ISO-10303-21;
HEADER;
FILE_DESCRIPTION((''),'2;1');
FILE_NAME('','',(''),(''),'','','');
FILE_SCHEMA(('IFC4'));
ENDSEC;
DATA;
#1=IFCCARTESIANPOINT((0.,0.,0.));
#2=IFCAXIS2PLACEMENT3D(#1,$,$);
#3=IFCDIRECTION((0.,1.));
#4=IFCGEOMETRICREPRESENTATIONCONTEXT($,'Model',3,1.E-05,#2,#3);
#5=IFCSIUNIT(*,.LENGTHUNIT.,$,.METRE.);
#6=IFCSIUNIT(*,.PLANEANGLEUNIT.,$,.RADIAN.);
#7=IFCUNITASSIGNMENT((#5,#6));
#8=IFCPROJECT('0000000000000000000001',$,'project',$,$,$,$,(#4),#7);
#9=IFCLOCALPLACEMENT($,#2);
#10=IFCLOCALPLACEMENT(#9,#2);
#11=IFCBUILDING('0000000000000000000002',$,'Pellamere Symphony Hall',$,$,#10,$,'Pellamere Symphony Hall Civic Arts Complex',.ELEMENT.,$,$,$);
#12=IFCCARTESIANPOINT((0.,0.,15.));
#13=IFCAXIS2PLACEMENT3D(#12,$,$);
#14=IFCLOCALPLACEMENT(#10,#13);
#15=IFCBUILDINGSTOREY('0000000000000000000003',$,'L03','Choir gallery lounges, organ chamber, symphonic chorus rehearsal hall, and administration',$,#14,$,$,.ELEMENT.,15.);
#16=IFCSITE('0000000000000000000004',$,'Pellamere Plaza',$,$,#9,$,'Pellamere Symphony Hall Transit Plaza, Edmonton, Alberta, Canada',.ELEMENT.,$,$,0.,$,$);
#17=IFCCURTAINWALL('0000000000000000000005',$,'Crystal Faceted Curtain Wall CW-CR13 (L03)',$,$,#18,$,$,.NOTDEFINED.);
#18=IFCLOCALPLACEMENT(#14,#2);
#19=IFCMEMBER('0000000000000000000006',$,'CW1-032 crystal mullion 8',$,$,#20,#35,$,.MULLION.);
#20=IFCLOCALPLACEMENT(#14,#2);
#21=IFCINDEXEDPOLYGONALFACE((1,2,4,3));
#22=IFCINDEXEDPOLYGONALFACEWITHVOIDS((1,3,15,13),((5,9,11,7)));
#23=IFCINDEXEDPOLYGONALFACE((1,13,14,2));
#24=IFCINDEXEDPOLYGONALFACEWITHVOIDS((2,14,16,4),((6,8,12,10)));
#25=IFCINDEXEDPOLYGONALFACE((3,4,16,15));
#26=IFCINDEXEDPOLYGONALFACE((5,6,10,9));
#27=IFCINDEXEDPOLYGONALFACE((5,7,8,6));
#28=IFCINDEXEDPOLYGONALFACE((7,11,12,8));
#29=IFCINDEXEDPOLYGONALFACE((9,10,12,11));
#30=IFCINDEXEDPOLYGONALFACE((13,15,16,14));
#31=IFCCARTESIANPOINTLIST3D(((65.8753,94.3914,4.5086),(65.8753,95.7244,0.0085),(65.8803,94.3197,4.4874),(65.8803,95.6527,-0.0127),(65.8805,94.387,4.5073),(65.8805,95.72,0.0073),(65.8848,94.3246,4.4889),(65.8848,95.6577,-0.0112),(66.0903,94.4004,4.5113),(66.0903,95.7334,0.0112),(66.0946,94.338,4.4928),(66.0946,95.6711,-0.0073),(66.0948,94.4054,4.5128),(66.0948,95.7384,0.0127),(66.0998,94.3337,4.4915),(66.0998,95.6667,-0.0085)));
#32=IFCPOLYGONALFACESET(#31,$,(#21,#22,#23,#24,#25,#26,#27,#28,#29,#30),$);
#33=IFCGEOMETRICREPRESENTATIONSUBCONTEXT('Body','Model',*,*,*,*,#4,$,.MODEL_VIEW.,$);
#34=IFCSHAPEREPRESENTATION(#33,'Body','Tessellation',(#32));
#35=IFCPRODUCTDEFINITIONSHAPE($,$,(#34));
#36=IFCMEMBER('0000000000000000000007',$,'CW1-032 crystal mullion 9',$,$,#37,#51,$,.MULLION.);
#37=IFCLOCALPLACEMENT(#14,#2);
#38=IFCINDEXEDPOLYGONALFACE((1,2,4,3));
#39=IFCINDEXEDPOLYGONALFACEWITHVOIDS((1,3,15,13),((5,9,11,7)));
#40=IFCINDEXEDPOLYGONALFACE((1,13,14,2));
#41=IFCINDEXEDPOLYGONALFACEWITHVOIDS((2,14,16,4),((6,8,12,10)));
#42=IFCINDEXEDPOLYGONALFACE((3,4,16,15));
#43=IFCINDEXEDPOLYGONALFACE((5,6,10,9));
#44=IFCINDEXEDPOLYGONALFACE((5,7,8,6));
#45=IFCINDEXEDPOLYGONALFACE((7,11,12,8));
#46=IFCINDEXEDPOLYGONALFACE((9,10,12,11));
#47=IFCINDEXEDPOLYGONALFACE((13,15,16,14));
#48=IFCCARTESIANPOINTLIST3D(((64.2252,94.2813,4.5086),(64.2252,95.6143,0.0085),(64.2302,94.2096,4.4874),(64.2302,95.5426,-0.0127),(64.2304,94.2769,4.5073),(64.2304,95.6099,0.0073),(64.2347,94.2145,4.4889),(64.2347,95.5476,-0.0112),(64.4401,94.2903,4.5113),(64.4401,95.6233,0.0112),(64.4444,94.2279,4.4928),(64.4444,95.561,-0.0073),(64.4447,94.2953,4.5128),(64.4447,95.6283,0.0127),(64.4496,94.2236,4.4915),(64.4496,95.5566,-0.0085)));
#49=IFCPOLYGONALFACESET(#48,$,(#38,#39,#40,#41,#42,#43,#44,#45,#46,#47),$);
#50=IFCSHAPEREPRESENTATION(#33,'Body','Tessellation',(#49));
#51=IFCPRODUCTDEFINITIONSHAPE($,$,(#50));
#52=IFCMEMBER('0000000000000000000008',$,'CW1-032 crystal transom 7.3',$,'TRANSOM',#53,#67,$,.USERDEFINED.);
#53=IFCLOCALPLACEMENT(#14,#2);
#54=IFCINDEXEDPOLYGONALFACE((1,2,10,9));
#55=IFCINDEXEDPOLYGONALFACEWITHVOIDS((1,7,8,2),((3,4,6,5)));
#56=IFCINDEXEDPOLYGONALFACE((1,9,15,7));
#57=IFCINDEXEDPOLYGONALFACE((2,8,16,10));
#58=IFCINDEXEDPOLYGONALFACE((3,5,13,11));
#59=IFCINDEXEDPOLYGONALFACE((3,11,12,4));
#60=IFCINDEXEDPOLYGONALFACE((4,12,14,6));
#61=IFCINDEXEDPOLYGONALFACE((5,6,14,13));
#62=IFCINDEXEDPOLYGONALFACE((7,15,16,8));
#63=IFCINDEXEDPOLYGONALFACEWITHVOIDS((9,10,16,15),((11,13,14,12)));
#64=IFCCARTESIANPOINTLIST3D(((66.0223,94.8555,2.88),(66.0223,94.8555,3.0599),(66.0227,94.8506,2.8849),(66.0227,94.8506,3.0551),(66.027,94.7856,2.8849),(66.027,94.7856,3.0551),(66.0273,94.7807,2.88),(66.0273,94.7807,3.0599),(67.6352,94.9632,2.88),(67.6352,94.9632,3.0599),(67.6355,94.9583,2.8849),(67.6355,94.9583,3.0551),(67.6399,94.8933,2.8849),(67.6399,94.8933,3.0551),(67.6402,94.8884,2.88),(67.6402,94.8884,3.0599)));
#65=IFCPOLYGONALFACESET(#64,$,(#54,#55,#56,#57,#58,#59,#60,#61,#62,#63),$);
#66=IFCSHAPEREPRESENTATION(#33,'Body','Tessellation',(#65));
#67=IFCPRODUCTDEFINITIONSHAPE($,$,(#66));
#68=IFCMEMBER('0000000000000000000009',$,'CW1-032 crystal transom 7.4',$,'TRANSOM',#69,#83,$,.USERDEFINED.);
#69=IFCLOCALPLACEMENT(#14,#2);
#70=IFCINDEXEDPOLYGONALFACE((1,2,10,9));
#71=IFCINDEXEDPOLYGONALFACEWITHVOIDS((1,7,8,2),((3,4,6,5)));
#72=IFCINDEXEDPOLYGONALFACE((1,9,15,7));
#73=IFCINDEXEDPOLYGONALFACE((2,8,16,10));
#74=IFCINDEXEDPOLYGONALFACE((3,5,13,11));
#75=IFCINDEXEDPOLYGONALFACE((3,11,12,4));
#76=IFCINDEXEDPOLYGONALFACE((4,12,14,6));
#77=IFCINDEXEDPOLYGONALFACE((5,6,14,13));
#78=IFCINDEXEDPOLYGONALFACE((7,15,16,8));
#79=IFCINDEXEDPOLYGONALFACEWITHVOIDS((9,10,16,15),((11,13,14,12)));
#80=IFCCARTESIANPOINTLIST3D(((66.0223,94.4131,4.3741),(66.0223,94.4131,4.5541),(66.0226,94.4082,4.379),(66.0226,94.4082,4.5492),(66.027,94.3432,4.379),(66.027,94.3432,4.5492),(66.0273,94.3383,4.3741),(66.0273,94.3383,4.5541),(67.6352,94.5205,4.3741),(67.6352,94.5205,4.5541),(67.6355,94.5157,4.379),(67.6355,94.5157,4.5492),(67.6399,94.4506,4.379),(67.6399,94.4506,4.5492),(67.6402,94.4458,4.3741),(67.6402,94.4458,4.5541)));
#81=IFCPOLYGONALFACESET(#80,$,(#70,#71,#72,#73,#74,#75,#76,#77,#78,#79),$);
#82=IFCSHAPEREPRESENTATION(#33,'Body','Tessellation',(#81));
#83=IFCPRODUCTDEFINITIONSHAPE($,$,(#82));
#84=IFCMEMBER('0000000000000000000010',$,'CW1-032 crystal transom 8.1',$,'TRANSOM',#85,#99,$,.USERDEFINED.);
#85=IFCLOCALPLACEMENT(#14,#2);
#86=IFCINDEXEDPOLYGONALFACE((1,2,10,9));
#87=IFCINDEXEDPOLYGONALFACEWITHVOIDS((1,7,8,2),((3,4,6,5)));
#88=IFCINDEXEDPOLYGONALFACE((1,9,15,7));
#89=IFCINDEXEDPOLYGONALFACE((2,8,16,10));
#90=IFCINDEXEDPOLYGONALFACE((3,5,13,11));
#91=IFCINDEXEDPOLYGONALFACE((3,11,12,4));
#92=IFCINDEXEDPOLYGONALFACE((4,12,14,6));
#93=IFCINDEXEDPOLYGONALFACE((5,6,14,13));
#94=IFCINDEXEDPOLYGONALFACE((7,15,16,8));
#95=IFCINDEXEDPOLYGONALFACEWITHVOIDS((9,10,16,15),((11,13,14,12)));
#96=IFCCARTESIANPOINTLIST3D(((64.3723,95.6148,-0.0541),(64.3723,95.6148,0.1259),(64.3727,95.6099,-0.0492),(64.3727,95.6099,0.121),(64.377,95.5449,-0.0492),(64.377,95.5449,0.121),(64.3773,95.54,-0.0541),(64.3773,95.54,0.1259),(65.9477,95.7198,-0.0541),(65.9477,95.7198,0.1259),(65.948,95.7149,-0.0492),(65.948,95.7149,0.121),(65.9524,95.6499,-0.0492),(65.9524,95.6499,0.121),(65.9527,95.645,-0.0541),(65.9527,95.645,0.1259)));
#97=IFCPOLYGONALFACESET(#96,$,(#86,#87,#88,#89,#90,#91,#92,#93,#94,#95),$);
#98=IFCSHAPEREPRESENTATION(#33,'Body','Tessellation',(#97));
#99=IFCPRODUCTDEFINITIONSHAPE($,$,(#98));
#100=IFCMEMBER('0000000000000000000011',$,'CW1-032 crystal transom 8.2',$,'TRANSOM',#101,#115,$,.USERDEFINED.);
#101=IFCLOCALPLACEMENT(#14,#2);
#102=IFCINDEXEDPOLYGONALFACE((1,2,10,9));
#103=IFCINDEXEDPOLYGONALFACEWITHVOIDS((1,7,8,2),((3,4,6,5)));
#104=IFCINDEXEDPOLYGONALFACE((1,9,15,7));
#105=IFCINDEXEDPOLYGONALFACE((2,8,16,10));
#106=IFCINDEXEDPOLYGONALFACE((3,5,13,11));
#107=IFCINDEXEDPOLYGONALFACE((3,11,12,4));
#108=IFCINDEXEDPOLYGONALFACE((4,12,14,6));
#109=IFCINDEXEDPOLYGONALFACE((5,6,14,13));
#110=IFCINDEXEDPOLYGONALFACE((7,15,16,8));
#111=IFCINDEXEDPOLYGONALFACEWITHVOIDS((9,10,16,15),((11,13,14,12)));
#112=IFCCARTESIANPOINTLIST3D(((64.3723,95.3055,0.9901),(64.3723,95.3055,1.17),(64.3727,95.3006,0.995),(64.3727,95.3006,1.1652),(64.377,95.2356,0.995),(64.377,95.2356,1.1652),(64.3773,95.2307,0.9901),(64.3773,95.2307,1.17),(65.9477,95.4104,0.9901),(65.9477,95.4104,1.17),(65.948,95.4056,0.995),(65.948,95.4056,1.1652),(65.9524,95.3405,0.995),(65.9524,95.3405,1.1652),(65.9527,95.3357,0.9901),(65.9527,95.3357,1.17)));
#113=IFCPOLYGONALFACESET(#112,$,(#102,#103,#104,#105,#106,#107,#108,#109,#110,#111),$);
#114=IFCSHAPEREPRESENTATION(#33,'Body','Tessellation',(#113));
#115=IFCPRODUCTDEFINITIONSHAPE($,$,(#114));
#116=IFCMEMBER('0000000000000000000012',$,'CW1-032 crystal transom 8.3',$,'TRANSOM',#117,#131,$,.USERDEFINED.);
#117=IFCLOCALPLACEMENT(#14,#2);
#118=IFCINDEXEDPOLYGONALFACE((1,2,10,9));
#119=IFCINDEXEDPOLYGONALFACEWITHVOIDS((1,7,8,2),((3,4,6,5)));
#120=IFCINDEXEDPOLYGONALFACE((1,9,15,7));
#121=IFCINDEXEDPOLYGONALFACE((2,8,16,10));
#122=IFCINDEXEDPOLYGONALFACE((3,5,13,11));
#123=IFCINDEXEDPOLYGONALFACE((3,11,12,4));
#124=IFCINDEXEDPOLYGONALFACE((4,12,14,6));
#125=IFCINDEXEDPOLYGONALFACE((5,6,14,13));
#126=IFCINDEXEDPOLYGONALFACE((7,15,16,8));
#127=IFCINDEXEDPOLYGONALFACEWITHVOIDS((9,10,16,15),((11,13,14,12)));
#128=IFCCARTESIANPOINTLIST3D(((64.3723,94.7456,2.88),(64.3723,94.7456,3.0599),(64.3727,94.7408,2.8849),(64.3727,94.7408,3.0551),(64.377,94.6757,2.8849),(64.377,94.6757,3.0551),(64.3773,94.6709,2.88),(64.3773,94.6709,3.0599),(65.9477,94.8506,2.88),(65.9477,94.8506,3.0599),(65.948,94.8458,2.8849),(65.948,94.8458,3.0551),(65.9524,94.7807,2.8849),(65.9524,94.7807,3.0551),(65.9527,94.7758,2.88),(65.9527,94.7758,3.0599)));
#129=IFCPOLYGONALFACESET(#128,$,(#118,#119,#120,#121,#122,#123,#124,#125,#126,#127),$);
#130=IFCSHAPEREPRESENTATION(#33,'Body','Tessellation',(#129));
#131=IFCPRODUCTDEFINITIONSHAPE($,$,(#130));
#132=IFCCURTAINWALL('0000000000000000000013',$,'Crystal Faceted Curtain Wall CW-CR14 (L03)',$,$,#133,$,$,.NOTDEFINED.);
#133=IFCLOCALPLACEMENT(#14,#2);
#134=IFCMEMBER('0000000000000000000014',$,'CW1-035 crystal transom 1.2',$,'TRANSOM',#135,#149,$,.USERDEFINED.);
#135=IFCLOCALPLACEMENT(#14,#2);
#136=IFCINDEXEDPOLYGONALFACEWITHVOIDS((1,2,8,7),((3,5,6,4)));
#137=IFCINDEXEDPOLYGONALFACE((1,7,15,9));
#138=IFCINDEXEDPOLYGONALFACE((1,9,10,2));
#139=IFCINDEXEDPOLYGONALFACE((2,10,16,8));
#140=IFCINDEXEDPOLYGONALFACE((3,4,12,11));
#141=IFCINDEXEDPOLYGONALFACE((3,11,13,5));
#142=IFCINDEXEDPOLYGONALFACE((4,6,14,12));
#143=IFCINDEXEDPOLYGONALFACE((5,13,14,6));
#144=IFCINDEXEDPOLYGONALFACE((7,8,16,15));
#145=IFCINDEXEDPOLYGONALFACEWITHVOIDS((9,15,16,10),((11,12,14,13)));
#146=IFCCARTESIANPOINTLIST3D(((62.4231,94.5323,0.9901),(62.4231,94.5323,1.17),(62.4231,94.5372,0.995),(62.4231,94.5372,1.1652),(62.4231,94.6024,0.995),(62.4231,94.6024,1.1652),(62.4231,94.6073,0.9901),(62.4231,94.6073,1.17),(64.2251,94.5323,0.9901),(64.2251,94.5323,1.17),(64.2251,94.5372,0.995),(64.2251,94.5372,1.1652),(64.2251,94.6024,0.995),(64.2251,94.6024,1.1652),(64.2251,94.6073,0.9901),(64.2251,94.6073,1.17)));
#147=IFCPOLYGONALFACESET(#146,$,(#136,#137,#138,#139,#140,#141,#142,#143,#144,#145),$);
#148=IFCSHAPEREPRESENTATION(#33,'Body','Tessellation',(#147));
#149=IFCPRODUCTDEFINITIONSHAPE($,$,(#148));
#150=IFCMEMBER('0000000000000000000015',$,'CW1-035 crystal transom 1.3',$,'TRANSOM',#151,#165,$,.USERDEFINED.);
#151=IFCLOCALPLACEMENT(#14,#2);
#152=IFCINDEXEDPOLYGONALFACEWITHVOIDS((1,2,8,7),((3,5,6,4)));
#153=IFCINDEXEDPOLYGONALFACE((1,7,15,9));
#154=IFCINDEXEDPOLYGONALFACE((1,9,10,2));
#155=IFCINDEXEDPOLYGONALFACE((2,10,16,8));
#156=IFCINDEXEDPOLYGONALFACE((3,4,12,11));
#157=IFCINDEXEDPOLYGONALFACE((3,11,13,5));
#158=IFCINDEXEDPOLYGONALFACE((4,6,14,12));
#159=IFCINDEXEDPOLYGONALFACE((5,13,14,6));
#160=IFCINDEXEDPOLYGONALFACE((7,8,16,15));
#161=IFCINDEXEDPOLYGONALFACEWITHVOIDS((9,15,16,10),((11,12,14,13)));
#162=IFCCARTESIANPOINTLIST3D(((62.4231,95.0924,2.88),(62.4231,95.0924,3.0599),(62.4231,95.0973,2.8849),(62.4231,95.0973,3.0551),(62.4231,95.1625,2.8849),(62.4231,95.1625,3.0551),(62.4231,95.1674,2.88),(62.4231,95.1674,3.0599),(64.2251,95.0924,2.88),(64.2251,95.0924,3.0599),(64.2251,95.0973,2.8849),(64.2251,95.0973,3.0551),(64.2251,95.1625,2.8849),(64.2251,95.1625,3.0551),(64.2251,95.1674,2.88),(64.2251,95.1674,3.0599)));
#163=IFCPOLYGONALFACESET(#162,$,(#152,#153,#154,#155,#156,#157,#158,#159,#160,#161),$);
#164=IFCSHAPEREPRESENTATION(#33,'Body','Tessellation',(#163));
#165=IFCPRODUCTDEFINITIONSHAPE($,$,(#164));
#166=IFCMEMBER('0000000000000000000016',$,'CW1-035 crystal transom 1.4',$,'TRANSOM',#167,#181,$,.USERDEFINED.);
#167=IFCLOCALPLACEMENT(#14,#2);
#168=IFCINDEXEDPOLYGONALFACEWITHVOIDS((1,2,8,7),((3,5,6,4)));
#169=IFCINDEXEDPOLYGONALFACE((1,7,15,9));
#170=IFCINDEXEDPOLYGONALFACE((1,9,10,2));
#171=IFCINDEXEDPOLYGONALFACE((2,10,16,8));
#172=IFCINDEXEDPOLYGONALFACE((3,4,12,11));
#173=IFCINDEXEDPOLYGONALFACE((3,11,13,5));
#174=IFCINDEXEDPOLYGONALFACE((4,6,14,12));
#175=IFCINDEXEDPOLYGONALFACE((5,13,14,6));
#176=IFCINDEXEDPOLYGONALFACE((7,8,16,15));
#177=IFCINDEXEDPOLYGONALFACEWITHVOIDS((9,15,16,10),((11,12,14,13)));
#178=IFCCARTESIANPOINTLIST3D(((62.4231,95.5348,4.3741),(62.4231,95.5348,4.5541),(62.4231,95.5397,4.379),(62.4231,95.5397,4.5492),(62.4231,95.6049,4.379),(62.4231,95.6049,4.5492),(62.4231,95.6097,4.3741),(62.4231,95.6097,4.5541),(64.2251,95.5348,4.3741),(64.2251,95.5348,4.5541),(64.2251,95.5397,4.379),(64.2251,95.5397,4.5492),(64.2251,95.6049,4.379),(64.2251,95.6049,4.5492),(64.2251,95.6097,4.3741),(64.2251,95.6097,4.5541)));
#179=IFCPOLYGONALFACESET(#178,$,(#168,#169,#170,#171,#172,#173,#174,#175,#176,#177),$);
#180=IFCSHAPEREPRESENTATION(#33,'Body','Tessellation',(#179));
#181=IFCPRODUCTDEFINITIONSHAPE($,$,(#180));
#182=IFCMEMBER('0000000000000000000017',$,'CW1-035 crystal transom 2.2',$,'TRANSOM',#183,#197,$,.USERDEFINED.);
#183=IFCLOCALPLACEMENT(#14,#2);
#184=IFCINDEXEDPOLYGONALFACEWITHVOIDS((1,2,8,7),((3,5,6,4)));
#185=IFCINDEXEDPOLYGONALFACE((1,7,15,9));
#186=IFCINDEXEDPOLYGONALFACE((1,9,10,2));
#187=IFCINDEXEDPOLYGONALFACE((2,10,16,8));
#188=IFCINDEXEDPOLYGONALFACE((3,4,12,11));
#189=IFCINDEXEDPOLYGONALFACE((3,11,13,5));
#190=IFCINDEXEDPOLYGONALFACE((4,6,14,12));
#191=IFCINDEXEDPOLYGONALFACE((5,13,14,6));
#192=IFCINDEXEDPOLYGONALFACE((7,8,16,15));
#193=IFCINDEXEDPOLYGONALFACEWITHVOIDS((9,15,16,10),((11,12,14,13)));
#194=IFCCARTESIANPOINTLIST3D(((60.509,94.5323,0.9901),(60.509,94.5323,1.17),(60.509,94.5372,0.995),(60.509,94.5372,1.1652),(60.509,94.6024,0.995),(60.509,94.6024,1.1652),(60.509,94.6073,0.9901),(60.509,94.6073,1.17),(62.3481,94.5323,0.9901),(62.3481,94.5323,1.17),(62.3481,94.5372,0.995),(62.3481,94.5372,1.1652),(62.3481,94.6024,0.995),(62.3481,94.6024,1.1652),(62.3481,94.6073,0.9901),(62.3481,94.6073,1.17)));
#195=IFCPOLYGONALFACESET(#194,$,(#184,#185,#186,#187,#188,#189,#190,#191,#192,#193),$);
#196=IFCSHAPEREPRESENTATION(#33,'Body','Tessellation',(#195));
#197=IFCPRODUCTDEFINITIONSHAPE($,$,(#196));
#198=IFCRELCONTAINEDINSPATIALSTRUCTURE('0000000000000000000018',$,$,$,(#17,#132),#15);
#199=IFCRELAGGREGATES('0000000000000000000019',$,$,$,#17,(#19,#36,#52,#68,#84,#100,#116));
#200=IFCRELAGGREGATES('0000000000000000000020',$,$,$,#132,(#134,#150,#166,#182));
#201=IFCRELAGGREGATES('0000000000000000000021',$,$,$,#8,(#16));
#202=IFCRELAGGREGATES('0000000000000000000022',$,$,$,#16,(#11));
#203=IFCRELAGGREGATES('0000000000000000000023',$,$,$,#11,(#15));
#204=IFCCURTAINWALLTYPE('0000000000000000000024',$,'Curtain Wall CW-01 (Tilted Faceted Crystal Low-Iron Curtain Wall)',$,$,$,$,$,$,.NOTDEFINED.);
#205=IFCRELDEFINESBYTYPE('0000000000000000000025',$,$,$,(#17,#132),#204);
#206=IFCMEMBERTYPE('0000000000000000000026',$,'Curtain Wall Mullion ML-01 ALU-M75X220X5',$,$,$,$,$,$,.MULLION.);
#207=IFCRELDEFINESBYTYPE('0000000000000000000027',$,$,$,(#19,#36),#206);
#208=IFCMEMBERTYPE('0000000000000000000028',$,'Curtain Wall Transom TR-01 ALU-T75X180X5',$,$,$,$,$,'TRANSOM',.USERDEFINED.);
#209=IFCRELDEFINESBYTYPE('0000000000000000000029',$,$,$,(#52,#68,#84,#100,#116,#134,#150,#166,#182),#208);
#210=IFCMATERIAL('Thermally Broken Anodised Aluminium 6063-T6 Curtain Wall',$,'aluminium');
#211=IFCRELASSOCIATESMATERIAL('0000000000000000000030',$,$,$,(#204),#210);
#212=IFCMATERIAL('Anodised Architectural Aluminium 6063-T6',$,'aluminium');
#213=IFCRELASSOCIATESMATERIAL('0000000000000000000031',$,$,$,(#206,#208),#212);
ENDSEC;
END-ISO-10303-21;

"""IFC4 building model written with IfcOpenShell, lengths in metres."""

from ifc_helpers import new_model, si_unit, direction, frame, origin, origin_2d, place, context, subcontext, project, spatial, hollow_rectangle, extrude, material, material_profile, profile_set, type_object, element, aggregate, save


model = new_model("IFC4")

# Units and contexts
model_context = context("Model", 3, precision=1e-05, world=origin(), true_north=direction((0.0, 1.0)))
body_context = subcontext(model_context, "Body", "Model", "MODEL_VIEW")
ifc_project = project(units=[si_unit("LENGTHUNIT", "METRE"), si_unit("PLANEANGLEUNIT", "RADIAN")], contexts=[model_context])

# Site, building, storey
site_placement = place(None, origin())
site = spatial("IfcSite", under=ifc_project, at=site_placement, Name="Pellamere Plaza", LongName="Pellamere Symphony Hall Transit Plaza, Edmonton, Alberta, Canada", CompositionType="ELEMENT", RefElevation=0.0)
building_placement = place(site_placement, origin())
building = spatial("IfcBuilding", under=site, at=building_placement, Name="Pellamere Symphony Hall", LongName="Pellamere Symphony Hall Civic Arts Complex", CompositionType="ELEMENT")
storey_placement = place(building_placement, frame((0.0, 0.0, 15.0)))
storey = spatial("IfcBuildingStorey", under=building, at=storey_placement, Name="L03", Description="Choir gallery lounges, organ chamber, symphonic chorus rehearsal hall, and administration", CompositionType="ELEMENT", Elevation=15.0)

# Curtain walls, members
ifc_material_1 = material(Name="Thermally Broken Anodised Aluminium 6063-T6 Curtain Wall", Category="aluminium")
curtain_wall_type = type_object("IfcCurtainWallType", Name="Curtain Wall CW-01 (Tilted Faceted Crystal Low-Iron Curtain Wall)", PredefinedType="NOTDEFINED", material=ifc_material_1)
curtain_wall_1_placement = place(storey_placement, origin())
curtain_wall_1 = element("IfcCurtainWall", 1, at=curtain_wall_1_placement, inside=storey, type_object=curtain_wall_type, Name="Crystal Faceted Curtain Wall CW-CR13 (L03)", PredefinedType="NOTDEFINED")
ifc_material_2 = material(Name="Anodised Architectural Aluminium 6063-T6", Category="aluminium")
ifc_material_profile_1 = material_profile(ifc_material_2, hollow_rectangle(XDim=0.075, YDim=0.22, WallThickness=0.0049, at=origin_2d()), Name="ALU-M75X220X5")
ifc_profile_set_1 = profile_set([ifc_material_profile_1], Name="Anodised Architectural Aluminium 6063-T6")
member_type_1 = type_object("IfcMemberType", Name="Curtain Wall Mullion ML-01 ALU-M75X220X5", PredefinedType="MULLION", material=ifc_profile_set_1)
member_1_placement = place(storey_placement, frame((65.9875, 95.6956, 0.0), z_axis=(0.0, -0.284025, 0.958817), x_axis=(0.066519, -0.956693, -0.283395)))
member_1 = element("IfcMember", 2, at=member_1_placement, type_object=member_type_1, Name="CW1-032 crystal mullion 8", PredefinedType="MULLION", context=body_context, shape_type="SweptSolid", body=[
    extrude(hollow_rectangle(XDim=0.075, YDim=0.22, WallThickness=0.0049, at=origin_2d()), origin(), (0.0, 0.0, 1.0), 4.6934),
])
member_2_placement = place(storey_placement, frame((64.3374, 95.5854, 0.0), z_axis=(0.0, -0.284025, 0.958817), x_axis=(0.066519, -0.956693, -0.283395)))
member_2 = element("IfcMember", 3, at=member_2_placement, type_object=member_type_1, Name="CW1-032 crystal mullion 9", PredefinedType="MULLION", context=body_context, shape_type="SweptSolid", body=[
    extrude(hollow_rectangle(XDim=0.075, YDim=0.22, WallThickness=0.0049, at=origin_2d()), origin(), (0.0, 0.0, 1.0), 4.6934),
])
ifc_material_profile_2 = material_profile(ifc_material_2, hollow_rectangle(XDim=0.075, YDim=0.1799, WallThickness=0.0049, at=origin_2d()), Name="ALU-T75X180X5")
ifc_profile_set_2 = profile_set([ifc_material_profile_2], Name="Anodised Architectural Aluminium 6063-T6")
member_type_2 = type_object("IfcMemberType", Name="Curtain Wall Transom TR-01 ALU-T75X180X5", ElementType="TRANSOM", PredefinedType="USERDEFINED", material=ifc_profile_set_2)
member_3_placement = place(storey_placement, frame((67.6377, 94.9258, 2.97), z_axis=(-0.997779, -0.066609, 0.0), x_axis=(0.066609, -0.997779, 0.0)))
member_3 = element("IfcMember", 4, at=member_3_placement, type_object=member_type_2, Name="CW1-032 crystal transom 7.3", ObjectType="TRANSOM", PredefinedType="USERDEFINED", context=body_context, shape_type="SweptSolid", body=[
    extrude(hollow_rectangle(XDim=0.075, YDim=0.1799, WallThickness=0.0049, at=origin_2d()), origin(), (0.0, 0.0, 1.0), 1.6165),
])
member_4_placement = place(storey_placement, frame((67.6377, 94.4832, 4.4641), z_axis=(-0.997789, -0.066459, 0.0), x_axis=(0.066459, -0.997789, 0.0)))
member_4 = element("IfcMember", 5, at=member_4_placement, type_object=member_type_2, Name="CW1-032 crystal transom 7.4", ObjectType="TRANSOM", PredefinedType="USERDEFINED", context=body_context, shape_type="SweptSolid", body=[
    extrude(hollow_rectangle(XDim=0.075, YDim=0.1799, WallThickness=0.0049, at=origin_2d()), origin(), (0.0, 0.0, 1.0), 1.6165),
])
member_5_placement = place(storey_placement, frame((65.9502, 95.6824, 0.0359), z_axis=(-0.997787, -0.066488, 0.0), x_axis=(0.066488, -0.997787, 0.0)))
member_5 = element("IfcMember", 6, at=member_5_placement, type_object=member_type_2, Name="CW1-032 crystal transom 8.1", ObjectType="TRANSOM", PredefinedType="USERDEFINED", context=body_context, shape_type="SweptSolid", body=[
    extrude(hollow_rectangle(XDim=0.075, YDim=0.1799, WallThickness=0.0049, at=origin_2d()), origin(), (0.0, 0.0, 1.0), 1.5789),
])
member_6_placement = place(storey_placement, frame((65.9502, 95.373, 1.0801), z_axis=(-0.997787, -0.066488, 0.0), x_axis=(0.066488, -0.997787, 0.0)))
member_6 = element("IfcMember", 7, at=member_6_placement, type_object=member_type_2, Name="CW1-032 crystal transom 8.2", ObjectType="TRANSOM", PredefinedType="USERDEFINED", context=body_context, shape_type="SweptSolid", body=[
    extrude(hollow_rectangle(XDim=0.075, YDim=0.1799, WallThickness=0.0049, at=origin_2d()), origin(), (0.0, 0.0, 1.0), 1.5789),
])
member_7_placement = place(storey_placement, frame((65.9502, 94.8132, 2.97), z_axis=(-0.997787, -0.066488, 0.0), x_axis=(0.066488, -0.997787, 0.0)))
member_7 = element("IfcMember", 8, at=member_7_placement, type_object=member_type_2, Name="CW1-032 crystal transom 8.3", ObjectType="TRANSOM", PredefinedType="USERDEFINED", context=body_context, shape_type="SweptSolid", body=[
    extrude(hollow_rectangle(XDim=0.075, YDim=0.1799, WallThickness=0.0049, at=origin_2d()), origin(), (0.0, 0.0, 1.0), 1.5789),
])
curtain_wall_2_placement = place(storey_placement, origin())
curtain_wall_2 = element("IfcCurtainWall", 9, at=curtain_wall_2_placement, inside=storey, type_object=curtain_wall_type, Name="Crystal Faceted Curtain Wall CW-CR14 (L03)", PredefinedType="NOTDEFINED")
member_8_placement = place(storey_placement, frame((64.2251, 94.5698, 1.0801), z_axis=(-1.0, 0.0, 0.0), x_axis=(0.0, -1.0, 0.0)))
member_8 = element("IfcMember", 10, at=member_8_placement, type_object=member_type_2, Name="CW1-035 crystal transom 1.2", ObjectType="TRANSOM", PredefinedType="USERDEFINED", context=body_context, shape_type="SweptSolid", body=[
    extrude(hollow_rectangle(XDim=0.075, YDim=0.1799, WallThickness=0.0049, at=origin_2d()), origin(), (0.0, 0.0, 1.0), 1.802),
])
member_9_placement = place(storey_placement, frame((64.2251, 95.1299, 2.97), z_axis=(-1.0, 0.0, 0.0), x_axis=(0.0, -1.0, 0.0)))
member_9 = element("IfcMember", 11, at=member_9_placement, type_object=member_type_2, Name="CW1-035 crystal transom 1.3", ObjectType="TRANSOM", PredefinedType="USERDEFINED", context=body_context, shape_type="SweptSolid", body=[
    extrude(hollow_rectangle(XDim=0.075, YDim=0.1799, WallThickness=0.0049, at=origin_2d()), origin(), (0.0, 0.0, 1.0), 1.802),
])
member_10_placement = place(storey_placement, frame((64.2251, 95.5723, 4.4641), z_axis=(-1.0, 0.0, 0.0), x_axis=(0.0, -1.0, 0.0)))
member_10 = element("IfcMember", 12, at=member_10_placement, type_object=member_type_2, Name="CW1-035 crystal transom 1.4", ObjectType="TRANSOM", PredefinedType="USERDEFINED", context=body_context, shape_type="SweptSolid", body=[
    extrude(hollow_rectangle(XDim=0.075, YDim=0.1799, WallThickness=0.0049, at=origin_2d()), origin(), (0.0, 0.0, 1.0), 1.802),
])
member_11_placement = place(storey_placement, frame((62.3481, 94.5698, 1.0801), z_axis=(-1.0, 0.0, 0.0), x_axis=(0.0, -1.0, 0.0)))
member_11 = element("IfcMember", 13, at=member_11_placement, type_object=member_type_2, Name="CW1-035 crystal transom 2.2", ObjectType="TRANSOM", PredefinedType="USERDEFINED", context=body_context, shape_type="SweptSolid", body=[
    extrude(hollow_rectangle(XDim=0.075, YDim=0.1799, WallThickness=0.0049, at=origin_2d()), origin(), (0.0, 0.0, 1.0), 1.8391),
])

aggregate(curtain_wall_1, [member_1, member_2, member_3, member_4, member_5, member_6, member_7])
aggregate(curtain_wall_2, [member_8, member_9, member_10, member_11])

save(model, "model.ifc")
